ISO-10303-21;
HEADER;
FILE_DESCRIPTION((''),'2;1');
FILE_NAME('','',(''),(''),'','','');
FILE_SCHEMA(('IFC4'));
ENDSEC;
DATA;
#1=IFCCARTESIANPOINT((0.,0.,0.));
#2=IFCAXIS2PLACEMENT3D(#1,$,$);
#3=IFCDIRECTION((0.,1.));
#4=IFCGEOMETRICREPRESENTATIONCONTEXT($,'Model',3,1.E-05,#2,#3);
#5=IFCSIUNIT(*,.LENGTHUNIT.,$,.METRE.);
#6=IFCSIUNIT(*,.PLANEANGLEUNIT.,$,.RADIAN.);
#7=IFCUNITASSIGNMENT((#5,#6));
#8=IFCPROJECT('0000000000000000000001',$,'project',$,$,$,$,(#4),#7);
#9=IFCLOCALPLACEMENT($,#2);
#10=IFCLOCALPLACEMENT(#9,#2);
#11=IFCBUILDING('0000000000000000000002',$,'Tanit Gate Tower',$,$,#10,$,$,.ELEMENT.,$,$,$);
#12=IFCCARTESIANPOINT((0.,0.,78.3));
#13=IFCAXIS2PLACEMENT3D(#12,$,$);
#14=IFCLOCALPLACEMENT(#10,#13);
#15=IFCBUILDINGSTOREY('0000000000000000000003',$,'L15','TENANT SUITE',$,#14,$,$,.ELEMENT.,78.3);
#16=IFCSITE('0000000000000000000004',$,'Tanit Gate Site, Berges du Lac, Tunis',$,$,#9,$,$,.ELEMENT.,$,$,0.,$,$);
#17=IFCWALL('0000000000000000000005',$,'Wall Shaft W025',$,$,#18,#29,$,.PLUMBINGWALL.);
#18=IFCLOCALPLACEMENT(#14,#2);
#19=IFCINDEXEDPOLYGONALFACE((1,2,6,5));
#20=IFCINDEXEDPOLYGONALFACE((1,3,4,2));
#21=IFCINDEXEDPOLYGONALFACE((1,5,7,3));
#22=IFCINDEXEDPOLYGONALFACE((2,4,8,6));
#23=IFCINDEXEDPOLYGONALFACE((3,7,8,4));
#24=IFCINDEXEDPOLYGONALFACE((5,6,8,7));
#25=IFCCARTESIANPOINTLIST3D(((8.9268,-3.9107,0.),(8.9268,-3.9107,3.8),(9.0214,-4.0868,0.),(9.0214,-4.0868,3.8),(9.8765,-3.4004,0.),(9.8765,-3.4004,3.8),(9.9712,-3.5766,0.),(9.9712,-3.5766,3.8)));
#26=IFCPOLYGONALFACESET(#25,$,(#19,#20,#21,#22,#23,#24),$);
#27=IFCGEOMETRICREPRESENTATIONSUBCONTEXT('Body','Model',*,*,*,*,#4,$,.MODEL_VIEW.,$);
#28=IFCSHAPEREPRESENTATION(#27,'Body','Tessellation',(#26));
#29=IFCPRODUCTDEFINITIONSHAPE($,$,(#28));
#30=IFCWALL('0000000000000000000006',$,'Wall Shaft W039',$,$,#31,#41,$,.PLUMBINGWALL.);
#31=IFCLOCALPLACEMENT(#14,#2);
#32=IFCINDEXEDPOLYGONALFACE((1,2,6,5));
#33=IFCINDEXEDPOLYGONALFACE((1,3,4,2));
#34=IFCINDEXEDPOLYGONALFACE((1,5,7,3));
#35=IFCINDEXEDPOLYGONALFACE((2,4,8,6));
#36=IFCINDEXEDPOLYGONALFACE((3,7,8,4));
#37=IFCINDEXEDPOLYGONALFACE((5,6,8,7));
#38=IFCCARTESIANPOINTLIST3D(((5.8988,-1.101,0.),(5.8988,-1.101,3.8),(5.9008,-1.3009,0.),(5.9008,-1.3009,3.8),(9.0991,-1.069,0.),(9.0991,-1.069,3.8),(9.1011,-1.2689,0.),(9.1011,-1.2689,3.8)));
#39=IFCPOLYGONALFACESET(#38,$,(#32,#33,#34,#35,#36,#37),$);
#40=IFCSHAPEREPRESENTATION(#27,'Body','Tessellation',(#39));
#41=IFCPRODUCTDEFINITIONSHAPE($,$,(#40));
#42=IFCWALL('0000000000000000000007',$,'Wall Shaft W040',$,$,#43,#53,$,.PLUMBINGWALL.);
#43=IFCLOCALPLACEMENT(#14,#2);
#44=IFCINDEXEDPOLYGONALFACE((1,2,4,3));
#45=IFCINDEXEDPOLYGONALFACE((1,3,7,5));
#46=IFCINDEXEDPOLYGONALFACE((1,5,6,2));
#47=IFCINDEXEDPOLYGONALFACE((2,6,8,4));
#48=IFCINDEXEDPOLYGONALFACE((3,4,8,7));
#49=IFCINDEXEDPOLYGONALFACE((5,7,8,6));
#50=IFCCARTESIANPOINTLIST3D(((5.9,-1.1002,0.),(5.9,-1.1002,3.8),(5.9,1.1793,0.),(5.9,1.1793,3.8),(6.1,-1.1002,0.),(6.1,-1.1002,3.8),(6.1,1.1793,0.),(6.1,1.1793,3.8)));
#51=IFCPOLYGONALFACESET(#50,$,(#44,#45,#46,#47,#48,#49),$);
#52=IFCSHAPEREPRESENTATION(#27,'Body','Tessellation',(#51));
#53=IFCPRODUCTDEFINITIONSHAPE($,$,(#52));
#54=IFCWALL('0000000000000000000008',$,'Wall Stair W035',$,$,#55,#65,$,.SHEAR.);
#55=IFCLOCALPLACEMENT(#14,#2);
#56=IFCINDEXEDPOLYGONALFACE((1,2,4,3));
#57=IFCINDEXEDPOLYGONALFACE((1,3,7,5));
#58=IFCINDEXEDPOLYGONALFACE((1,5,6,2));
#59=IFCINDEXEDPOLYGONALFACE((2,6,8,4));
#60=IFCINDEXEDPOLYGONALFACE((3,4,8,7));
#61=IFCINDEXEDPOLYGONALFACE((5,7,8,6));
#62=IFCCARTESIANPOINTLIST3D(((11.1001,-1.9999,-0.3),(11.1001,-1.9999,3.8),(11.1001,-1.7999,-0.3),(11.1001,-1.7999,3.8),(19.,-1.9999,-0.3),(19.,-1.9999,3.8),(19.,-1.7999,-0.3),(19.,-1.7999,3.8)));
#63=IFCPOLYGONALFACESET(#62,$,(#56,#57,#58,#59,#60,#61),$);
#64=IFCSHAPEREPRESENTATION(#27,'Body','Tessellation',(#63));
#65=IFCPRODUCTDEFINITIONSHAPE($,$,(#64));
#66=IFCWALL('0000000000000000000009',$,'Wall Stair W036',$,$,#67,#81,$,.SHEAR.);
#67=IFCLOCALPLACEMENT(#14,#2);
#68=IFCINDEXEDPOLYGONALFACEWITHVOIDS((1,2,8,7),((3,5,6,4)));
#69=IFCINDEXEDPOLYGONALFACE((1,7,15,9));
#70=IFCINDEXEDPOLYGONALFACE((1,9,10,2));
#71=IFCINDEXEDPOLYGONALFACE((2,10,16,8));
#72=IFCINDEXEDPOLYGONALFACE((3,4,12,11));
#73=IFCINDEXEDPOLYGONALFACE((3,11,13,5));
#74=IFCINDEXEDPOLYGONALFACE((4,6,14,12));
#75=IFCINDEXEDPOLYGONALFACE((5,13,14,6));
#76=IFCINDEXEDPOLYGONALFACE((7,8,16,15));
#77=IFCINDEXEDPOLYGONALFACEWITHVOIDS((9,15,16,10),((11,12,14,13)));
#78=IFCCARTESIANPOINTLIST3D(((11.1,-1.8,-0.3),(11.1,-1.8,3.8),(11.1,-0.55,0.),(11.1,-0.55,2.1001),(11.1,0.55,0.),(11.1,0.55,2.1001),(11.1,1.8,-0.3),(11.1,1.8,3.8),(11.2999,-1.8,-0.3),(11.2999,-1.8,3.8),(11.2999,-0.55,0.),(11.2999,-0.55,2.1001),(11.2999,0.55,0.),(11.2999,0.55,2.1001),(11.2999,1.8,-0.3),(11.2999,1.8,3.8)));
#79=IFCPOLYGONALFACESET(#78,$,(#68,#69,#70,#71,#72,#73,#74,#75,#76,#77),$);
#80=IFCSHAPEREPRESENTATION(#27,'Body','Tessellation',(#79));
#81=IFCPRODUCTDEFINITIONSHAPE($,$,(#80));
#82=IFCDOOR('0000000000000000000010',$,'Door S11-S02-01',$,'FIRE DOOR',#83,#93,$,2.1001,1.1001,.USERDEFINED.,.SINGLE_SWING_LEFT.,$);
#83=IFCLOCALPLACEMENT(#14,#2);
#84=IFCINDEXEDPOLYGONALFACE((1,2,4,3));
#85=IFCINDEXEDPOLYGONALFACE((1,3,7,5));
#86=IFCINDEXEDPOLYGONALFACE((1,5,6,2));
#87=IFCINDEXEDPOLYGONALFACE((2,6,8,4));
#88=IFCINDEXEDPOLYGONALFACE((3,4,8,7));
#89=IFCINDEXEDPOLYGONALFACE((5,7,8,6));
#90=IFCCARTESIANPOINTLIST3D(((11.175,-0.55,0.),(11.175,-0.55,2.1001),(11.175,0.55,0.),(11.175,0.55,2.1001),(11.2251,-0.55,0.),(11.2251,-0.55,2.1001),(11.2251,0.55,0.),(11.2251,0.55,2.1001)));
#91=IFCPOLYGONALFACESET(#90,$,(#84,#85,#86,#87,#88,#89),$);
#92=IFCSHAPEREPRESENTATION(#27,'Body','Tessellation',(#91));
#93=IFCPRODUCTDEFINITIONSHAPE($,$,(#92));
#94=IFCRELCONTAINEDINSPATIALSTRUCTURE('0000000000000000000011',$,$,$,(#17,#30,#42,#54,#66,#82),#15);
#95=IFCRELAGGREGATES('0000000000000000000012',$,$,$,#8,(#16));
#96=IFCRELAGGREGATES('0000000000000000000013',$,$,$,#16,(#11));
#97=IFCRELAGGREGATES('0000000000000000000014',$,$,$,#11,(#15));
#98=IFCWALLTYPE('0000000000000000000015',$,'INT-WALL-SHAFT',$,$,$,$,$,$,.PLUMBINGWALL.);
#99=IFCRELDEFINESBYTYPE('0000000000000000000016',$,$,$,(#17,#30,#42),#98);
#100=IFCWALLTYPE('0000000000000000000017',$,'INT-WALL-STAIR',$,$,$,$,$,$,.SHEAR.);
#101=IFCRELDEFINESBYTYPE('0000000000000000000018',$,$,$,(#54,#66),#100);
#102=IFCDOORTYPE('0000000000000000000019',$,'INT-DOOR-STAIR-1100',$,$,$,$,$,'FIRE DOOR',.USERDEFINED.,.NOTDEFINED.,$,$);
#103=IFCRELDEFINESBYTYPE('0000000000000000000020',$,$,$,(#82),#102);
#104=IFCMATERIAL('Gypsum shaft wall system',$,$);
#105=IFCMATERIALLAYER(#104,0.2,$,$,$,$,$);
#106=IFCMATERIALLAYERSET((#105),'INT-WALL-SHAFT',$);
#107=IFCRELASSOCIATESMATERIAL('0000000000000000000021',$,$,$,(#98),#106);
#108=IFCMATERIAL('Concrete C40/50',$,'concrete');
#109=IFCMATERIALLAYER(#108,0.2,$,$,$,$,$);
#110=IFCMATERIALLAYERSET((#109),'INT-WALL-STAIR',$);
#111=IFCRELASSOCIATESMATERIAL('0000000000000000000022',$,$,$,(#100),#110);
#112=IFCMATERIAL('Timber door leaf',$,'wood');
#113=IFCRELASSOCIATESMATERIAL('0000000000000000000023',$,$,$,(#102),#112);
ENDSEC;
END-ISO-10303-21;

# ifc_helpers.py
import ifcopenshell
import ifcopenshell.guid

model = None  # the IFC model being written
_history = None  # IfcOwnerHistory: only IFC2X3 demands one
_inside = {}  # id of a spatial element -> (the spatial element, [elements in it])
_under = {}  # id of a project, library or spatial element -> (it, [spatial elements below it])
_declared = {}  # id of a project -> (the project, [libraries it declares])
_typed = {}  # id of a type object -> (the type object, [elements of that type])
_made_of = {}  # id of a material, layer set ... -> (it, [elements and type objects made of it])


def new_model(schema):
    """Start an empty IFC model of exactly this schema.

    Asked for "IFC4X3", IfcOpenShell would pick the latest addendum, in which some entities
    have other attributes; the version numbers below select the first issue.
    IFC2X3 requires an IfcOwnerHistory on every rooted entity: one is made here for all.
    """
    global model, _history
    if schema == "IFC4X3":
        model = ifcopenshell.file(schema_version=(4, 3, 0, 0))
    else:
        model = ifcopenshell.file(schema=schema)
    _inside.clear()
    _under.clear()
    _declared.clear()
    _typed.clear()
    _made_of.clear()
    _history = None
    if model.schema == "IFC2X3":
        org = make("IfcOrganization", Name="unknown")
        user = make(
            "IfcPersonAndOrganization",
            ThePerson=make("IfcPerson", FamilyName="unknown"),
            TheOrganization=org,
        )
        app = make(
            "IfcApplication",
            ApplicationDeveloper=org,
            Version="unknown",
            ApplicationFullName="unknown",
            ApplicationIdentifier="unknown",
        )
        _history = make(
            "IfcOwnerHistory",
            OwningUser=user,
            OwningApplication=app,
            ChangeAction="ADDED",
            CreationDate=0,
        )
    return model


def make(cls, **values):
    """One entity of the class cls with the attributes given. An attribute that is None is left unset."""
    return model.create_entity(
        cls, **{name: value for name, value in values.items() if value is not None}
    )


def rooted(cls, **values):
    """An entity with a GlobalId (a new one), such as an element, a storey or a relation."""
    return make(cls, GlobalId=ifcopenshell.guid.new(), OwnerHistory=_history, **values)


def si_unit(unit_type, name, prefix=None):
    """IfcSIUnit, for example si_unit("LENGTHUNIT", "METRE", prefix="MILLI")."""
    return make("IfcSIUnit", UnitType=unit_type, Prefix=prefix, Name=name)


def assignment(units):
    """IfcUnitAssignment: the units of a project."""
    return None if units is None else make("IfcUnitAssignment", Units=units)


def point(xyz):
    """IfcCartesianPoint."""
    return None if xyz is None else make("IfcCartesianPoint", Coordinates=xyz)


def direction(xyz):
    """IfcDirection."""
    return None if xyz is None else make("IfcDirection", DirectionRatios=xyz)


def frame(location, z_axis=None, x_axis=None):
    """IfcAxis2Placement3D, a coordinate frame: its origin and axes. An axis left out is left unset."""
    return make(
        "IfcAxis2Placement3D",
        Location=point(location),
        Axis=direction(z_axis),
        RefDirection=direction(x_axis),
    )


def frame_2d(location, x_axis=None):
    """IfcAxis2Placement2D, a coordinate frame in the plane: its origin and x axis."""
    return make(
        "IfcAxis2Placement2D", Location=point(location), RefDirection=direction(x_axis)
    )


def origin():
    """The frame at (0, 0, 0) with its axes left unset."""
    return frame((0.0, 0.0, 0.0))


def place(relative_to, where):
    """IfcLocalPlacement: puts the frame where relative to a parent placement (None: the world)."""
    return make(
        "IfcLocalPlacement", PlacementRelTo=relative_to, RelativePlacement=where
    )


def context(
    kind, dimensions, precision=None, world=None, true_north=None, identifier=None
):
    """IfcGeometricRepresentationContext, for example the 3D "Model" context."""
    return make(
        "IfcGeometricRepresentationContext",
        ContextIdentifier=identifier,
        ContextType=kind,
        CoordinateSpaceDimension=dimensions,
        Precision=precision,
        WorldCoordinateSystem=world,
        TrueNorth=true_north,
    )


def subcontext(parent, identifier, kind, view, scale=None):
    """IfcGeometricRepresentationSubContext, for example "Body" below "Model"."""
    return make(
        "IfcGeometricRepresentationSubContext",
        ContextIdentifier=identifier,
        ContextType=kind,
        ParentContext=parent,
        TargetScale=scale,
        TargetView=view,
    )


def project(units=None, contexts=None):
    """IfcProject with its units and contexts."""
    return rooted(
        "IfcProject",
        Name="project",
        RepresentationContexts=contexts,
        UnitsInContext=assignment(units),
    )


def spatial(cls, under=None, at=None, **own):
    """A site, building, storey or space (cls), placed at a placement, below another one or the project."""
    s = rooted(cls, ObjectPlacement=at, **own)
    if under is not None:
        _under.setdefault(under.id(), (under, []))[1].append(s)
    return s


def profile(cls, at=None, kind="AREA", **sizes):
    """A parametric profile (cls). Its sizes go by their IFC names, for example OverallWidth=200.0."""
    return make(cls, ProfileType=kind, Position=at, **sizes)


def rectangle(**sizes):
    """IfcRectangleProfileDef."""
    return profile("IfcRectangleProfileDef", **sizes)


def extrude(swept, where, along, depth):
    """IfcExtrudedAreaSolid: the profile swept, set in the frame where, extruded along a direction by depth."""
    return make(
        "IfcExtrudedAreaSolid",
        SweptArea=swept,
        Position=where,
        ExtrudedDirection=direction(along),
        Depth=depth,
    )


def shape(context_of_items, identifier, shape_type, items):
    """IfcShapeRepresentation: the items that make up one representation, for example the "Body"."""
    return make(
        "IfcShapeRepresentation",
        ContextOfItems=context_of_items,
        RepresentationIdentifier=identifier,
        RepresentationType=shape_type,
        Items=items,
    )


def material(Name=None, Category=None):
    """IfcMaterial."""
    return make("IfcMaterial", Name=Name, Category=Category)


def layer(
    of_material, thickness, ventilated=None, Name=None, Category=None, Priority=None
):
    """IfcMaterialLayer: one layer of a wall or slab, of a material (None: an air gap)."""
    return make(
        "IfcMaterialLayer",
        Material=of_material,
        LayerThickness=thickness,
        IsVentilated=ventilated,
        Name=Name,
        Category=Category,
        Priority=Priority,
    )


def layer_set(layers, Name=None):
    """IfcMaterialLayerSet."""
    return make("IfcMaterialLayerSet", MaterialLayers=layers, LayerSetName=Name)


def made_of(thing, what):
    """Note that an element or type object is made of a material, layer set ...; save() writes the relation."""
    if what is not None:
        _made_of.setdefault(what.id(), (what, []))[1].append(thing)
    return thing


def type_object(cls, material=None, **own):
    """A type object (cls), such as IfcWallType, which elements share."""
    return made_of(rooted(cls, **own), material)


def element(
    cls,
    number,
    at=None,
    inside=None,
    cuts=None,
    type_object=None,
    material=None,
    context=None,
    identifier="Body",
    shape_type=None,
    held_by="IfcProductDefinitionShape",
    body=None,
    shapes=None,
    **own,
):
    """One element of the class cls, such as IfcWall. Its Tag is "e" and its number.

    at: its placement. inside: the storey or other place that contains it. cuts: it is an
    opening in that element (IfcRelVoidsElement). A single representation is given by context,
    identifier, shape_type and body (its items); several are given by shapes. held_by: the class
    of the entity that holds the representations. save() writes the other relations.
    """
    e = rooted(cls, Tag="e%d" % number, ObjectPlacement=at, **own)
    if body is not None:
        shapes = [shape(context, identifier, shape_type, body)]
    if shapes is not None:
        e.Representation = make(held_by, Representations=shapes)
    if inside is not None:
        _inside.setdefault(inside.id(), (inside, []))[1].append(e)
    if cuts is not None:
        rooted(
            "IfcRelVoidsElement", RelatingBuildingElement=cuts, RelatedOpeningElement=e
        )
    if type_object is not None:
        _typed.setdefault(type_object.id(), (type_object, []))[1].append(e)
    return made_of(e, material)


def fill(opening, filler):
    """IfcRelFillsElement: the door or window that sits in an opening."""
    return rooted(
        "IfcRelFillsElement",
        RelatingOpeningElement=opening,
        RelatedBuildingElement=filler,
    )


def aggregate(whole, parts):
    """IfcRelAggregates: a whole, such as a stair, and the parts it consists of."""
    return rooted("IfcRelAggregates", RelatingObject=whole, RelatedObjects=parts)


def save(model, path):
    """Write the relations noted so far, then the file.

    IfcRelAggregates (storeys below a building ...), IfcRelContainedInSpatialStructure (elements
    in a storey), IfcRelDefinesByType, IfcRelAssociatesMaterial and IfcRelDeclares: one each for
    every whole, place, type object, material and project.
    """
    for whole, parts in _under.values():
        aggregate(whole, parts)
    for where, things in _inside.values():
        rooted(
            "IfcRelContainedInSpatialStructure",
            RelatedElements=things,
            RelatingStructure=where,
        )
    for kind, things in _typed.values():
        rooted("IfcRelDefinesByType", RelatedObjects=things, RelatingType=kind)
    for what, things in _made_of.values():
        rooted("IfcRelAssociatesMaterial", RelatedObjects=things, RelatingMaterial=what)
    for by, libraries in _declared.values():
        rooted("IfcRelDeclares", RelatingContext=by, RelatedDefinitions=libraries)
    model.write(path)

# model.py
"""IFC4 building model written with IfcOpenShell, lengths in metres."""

from ifc_helpers import new_model, si_unit, direction, frame, frame_2d, origin, place, context, subcontext, project, spatial, rectangle, extrude, material, layer, layer_set, type_object, element, fill, save


model = new_model("IFC4")

# Units and contexts
model_context = context("Model", 3, precision=1e-05, world=origin(), true_north=direction((0.0, 1.0)))
body_context = subcontext(model_context, "Body", "Model", "MODEL_VIEW")
ifc_project = project(units=[si_unit("LENGTHUNIT", "METRE"), si_unit("PLANEANGLEUNIT", "RADIAN")], contexts=[model_context])

# Site, building, storey
site_placement = place(None, origin())
site = spatial("IfcSite", under=ifc_project, at=site_placement, Name="Tanit Gate Site, Berges du Lac, Tunis", CompositionType="ELEMENT", RefElevation=0.0)
building_placement = place(site_placement, origin())
building = spatial("IfcBuilding", under=site, at=building_placement, Name="Tanit Gate Tower", CompositionType="ELEMENT")
storey_placement = place(building_placement, frame((0.0, 0.0, 78.3)))
storey = spatial("IfcBuildingStorey", under=building, at=storey_placement, Name="L15", Description="TENANT SUITE", CompositionType="ELEMENT", Elevation=78.3)

# Walls
ifc_material_1 = material(Name="Gypsum shaft wall system")
ifc_layer_1 = layer(ifc_material_1, 0.2)
ifc_layer_set_1 = layer_set([ifc_layer_1], Name="INT-WALL-SHAFT")
wall_type_1 = type_object("IfcWallType", Name="INT-WALL-SHAFT", PredefinedType="PLUMBINGWALL", material=ifc_layer_set_1)
wall_1_placement = place(storey_placement, frame((8.9741, -3.9988, 0.0), z_axis=(0.0, 0.0, 1.0), x_axis=(0.880907, 0.473289, 0.0)))
element("IfcWall", 1, at=wall_1_placement, inside=storey, type_object=wall_type_1, Name="Wall Shaft W025", PredefinedType="PLUMBINGWALL", context=body_context, shape_type="SweptSolid", body=[
    extrude(rectangle(XDim=1.0781, YDim=0.2, at=frame_2d((0.5391, 0.0))), origin(), (0.0, 0.0, 1.0), 3.8),
])
wall_2_placement = place(storey_placement, frame((5.8999, -1.2009, 0.0), z_axis=(0.0, 0.0, 1.0), x_axis=(0.99995, 0.009993, 0.0)))
element("IfcWall", 2, at=wall_2_placement, inside=storey, type_object=wall_type_1, Name="Wall Shaft W039", PredefinedType="PLUMBINGWALL", context=body_context, shape_type="SweptSolid", body=[
    extrude(rectangle(XDim=3.2004, YDim=0.2, at=frame_2d((1.6001, 0.0))), origin(), (0.0, 0.0, 1.0), 3.8),
])
wall_3_placement = place(storey_placement, frame((6.0, -1.1001, 0.0), z_axis=(0.0, 0.0, 1.0), x_axis=(0.0, 1.0, 0.0)))
element("IfcWall", 3, at=wall_3_placement, inside=storey, type_object=wall_type_1, Name="Wall Shaft W040", PredefinedType="PLUMBINGWALL", context=body_context, shape_type="SweptSolid", body=[
    extrude(rectangle(XDim=2.2795, YDim=0.2, at=frame_2d((1.1396, 0.0))), origin(), (0.0, 0.0, 1.0), 3.8),
])
ifc_material_2 = material(Name="Concrete C40/50", Category="concrete")
ifc_layer_2 = layer(ifc_material_2, 0.2)
ifc_layer_set_2 = layer_set([ifc_layer_2], Name="INT-WALL-STAIR")
wall_type_2 = type_object("IfcWallType", Name="INT-WALL-STAIR", PredefinedType="SHEAR", material=ifc_layer_set_2)
wall_4_placement = place(storey_placement, frame((11.1001, -1.8999, -0.3), z_axis=(0.0, 0.0, 1.0), x_axis=(1.0, 0.0, 0.0)))
element("IfcWall", 4, at=wall_4_placement, inside=storey, type_object=wall_type_2, Name="Wall Stair W035", PredefinedType="SHEAR", context=body_context, shape_type="SweptSolid", body=[
    extrude(rectangle(XDim=7.8999, YDim=0.2, at=frame_2d((3.95, 0.0))), origin(), (0.0, 0.0, 1.0), 4.1001),
])

# Wall, opening, door
wall_5_placement = place(storey_placement, frame((11.2, -1.8, -0.3), z_axis=(0.0, 0.0, 1.0), x_axis=(0.0, 1.0, 0.0)))
wall_5 = element("IfcWall", 5, at=wall_5_placement, inside=storey, type_object=wall_type_2, Name="Wall Stair W036", PredefinedType="SHEAR", context=body_context, shape_type="SweptSolid", body=[
    extrude(rectangle(XDim=3.6001, YDim=0.2, at=frame_2d((1.8, 0.0))), origin(), (0.0, 0.0, 1.0), 4.1001),
])
opening_1_placement = place(wall_5_placement, frame((1.25, 0.0, 0.3)))
opening_1 = element("IfcOpeningElement", 6, at=opening_1_placement, cuts=wall_5, PredefinedType="OPENING", context=body_context, shape_type="SweptSolid", body=[
    extrude(rectangle(XDim=1.1001, YDim=2.1001, at=frame_2d((0.55, 1.05))), frame((0.0, 0.1099, 0.0), z_axis=(0.0, -1.0, 0.0), x_axis=(1.0, 0.0, 0.0)), (0.0, 0.0, 1.0), 0.22),
])
ifc_material_3 = material(Name="Timber door leaf", Category="wood")
door_type_1 = type_object("IfcDoorType", Name="INT-DOOR-STAIR-1100", ElementType="FIRE DOOR", OperationType="NOTDEFINED", PredefinedType="USERDEFINED", material=ifc_material_3)
door_1_placement = place(opening_1_placement, origin())
door_1 = element("IfcDoor", 7, at=door_1_placement, inside=storey, type_object=door_type_1, Name="Door S11-S02-01", ObjectType="FIRE DOOR", OperationType="SINGLE_SWING_LEFT", OverallHeight=2.1001, OverallWidth=1.1001, PredefinedType="USERDEFINED", context=body_context, shape_type="SweptSolid", body=[
    extrude(rectangle(XDim=1.1001, YDim=2.1001, at=frame_2d((0.55, 1.05))), frame((0.0, 0.0249, 0.0), z_axis=(0.0, -1.0, 0.0), x_axis=(1.0, 0.0, 0.0)), (0.0, 0.0, 1.0), 0.05),
])
fill(opening_1, door_1)

save(model, "model.ifc")
